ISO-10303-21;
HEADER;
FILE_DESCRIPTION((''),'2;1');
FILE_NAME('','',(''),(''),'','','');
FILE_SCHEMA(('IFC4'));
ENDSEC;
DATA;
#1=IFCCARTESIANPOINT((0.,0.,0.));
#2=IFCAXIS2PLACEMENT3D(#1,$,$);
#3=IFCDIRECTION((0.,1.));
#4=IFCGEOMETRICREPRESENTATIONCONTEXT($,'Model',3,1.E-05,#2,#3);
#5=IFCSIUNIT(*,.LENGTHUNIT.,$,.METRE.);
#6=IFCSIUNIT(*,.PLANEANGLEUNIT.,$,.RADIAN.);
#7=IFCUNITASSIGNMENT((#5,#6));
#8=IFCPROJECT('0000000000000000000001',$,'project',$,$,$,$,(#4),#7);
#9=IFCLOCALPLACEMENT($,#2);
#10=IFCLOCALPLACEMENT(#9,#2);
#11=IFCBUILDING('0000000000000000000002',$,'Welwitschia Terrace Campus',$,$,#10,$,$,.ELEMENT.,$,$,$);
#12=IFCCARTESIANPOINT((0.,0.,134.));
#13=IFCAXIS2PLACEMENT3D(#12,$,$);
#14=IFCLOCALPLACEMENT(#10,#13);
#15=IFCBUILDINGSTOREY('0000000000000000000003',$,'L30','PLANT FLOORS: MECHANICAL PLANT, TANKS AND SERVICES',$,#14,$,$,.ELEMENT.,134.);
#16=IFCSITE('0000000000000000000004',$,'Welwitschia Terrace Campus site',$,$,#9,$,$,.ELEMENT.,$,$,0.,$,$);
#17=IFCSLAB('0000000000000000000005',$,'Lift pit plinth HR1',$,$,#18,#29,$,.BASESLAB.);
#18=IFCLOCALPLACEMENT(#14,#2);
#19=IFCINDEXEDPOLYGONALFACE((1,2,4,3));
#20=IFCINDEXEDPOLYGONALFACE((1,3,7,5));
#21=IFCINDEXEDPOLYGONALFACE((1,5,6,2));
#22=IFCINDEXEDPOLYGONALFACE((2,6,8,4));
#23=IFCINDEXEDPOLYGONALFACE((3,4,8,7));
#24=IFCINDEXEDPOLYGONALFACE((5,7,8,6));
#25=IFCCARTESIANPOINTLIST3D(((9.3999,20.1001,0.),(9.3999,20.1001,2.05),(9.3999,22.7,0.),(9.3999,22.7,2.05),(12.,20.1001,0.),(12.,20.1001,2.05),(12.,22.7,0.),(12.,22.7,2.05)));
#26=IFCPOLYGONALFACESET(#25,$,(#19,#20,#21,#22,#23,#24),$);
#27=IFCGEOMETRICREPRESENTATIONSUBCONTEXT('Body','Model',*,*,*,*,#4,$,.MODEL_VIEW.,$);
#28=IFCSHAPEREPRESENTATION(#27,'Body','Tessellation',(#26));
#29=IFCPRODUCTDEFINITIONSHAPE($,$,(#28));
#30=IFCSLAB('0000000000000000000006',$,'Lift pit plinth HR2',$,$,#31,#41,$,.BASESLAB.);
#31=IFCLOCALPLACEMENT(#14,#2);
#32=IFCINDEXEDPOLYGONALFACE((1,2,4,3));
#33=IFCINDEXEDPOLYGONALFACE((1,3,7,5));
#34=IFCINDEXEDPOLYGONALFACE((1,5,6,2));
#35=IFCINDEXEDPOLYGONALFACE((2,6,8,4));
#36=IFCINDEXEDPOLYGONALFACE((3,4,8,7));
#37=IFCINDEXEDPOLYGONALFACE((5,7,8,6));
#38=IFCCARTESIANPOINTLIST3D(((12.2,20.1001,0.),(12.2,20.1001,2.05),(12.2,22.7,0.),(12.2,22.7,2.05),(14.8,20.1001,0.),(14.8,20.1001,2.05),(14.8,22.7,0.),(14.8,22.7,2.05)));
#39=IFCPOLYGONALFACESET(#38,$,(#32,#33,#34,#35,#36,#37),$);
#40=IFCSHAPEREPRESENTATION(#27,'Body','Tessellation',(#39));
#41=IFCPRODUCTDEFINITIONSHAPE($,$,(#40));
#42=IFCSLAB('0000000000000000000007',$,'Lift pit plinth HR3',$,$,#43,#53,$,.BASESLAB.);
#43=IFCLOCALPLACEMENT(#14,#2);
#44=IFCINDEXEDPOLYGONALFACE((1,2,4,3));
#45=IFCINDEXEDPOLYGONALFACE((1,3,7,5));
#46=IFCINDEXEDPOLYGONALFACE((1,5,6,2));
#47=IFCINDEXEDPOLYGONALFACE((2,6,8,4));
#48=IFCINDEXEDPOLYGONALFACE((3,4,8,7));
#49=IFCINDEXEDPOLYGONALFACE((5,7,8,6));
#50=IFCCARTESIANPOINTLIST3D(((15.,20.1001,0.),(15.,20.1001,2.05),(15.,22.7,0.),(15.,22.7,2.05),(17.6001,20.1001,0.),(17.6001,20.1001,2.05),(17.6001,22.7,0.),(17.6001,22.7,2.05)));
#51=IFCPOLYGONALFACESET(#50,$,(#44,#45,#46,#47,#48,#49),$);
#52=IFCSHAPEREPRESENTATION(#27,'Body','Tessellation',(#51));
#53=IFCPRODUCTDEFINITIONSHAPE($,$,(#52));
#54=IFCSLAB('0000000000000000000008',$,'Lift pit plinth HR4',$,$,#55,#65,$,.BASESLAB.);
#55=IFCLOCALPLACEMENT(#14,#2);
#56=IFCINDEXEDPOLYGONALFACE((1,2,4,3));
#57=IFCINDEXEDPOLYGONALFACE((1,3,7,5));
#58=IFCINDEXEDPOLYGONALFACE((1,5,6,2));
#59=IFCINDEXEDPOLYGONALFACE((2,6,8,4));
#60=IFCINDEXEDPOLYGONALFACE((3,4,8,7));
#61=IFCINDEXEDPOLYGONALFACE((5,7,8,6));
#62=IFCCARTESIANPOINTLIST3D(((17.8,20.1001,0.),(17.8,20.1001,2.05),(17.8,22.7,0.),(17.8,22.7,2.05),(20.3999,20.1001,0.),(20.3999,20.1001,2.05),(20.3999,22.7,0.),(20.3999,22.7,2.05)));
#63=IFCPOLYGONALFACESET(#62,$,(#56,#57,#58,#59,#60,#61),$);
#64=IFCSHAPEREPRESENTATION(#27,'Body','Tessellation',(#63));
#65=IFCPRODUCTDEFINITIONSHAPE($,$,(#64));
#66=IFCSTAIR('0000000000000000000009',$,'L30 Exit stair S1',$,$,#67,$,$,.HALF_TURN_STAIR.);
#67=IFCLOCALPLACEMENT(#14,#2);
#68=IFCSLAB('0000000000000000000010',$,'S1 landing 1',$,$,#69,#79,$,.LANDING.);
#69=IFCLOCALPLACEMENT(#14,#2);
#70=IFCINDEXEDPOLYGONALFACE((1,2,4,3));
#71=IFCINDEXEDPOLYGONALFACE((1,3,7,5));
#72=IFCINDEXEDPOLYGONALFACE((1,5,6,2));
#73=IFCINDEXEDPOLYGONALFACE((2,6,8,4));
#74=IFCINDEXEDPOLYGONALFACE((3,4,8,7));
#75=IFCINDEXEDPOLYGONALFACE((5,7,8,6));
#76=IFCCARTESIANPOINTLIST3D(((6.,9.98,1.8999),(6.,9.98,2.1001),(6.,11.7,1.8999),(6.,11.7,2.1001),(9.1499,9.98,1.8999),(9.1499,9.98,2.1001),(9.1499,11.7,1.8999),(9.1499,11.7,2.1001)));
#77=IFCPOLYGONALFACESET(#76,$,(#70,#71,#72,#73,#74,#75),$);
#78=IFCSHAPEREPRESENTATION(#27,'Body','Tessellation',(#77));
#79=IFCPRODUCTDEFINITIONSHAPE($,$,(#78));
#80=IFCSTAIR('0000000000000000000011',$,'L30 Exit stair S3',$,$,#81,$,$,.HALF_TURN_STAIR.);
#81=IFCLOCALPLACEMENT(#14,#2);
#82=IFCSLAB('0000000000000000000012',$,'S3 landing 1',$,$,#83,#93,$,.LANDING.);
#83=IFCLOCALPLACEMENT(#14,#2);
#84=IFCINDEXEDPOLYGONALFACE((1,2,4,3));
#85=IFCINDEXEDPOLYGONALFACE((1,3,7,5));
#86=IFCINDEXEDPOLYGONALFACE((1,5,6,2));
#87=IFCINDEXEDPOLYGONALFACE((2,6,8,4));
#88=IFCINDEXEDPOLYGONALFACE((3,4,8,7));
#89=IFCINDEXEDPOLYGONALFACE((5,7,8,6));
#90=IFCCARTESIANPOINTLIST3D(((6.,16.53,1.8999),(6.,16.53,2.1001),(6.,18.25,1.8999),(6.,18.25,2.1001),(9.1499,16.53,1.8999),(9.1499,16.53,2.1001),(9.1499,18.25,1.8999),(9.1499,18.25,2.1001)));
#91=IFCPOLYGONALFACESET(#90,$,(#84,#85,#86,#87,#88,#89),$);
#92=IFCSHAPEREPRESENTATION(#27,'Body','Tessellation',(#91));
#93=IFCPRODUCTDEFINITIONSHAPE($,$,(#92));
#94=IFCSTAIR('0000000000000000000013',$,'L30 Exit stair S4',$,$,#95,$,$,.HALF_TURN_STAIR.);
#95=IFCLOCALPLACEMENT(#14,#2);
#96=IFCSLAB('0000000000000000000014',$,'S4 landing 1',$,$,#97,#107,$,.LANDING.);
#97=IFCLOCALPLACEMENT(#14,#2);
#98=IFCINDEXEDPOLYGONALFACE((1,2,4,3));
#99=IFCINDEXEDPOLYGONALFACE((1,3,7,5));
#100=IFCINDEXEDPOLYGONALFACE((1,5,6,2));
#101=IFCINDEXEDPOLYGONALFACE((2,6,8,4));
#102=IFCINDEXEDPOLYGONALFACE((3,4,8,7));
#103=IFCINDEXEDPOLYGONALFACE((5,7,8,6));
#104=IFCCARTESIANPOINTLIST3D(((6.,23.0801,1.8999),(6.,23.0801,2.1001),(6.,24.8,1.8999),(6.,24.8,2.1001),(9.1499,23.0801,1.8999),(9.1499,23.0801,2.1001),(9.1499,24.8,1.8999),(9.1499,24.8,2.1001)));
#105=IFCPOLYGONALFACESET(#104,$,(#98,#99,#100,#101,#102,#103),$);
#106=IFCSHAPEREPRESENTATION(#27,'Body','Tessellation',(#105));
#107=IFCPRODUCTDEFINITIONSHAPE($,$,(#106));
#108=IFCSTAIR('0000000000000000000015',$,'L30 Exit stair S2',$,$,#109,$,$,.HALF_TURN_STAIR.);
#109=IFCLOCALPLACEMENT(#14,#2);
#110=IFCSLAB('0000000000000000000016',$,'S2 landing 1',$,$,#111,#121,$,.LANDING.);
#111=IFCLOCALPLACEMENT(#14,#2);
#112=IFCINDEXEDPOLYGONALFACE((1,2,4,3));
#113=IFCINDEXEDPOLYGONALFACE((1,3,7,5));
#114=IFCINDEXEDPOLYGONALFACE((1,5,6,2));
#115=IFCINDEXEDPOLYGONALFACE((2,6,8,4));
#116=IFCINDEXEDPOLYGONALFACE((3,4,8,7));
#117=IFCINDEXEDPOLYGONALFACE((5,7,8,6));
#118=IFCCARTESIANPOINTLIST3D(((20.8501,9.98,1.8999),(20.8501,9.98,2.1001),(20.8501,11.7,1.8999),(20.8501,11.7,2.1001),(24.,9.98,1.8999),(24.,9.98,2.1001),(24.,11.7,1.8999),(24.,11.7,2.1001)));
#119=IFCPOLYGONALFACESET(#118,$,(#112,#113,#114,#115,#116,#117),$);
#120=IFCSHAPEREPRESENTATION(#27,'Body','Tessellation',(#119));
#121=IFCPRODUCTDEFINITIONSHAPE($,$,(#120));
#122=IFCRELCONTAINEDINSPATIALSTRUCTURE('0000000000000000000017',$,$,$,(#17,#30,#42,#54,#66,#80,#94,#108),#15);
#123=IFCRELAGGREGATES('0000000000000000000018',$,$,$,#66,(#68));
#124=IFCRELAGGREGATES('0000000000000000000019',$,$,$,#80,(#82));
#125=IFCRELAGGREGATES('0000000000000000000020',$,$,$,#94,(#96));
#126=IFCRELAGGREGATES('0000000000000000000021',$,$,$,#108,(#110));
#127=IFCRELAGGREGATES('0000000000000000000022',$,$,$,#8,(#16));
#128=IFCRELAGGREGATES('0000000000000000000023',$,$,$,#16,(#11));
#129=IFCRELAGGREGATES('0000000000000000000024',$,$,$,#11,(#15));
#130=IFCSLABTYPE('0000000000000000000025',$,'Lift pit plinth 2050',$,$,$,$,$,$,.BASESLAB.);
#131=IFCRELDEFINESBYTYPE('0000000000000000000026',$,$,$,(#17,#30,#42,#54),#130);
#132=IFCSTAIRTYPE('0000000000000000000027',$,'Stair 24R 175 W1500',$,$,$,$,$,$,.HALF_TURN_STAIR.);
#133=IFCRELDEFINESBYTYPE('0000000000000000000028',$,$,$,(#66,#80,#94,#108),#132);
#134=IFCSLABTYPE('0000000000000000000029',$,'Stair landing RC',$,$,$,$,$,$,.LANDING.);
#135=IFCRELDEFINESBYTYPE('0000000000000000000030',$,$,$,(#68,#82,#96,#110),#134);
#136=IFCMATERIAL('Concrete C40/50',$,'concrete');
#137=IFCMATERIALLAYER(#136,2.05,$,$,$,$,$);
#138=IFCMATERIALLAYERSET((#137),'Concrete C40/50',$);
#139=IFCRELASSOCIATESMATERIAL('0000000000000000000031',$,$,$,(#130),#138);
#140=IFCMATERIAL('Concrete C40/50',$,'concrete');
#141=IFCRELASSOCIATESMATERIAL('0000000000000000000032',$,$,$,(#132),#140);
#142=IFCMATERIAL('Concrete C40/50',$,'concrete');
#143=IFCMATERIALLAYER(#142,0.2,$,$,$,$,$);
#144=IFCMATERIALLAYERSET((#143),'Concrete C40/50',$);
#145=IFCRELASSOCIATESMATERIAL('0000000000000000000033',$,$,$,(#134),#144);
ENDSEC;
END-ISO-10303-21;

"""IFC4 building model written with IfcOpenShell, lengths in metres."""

from ifc_helpers import new_model, si_unit, direction, frame, origin, place, context, subcontext, project, spatial, polyline, outline, extrude, material, layer, layer_set, type_object, element, aggregate, save


model = new_model("IFC4")

# Units and contexts
model_context = context("Model", 3, precision=1e-05, world=origin(), true_north=direction((0.0, 1.0)))
body_context = subcontext(model_context, "Body", "Model", "MODEL_VIEW")
ifc_project = project(units=[si_unit("LENGTHUNIT", "METRE"), si_unit("PLANEANGLEUNIT", "RADIAN")], contexts=[model_context])

# Site, building, storey
site_placement = place(None, origin())
site = spatial("IfcSite", under=ifc_project, at=site_placement, Name="Welwitschia Terrace Campus site", CompositionType="ELEMENT", RefElevation=0.0)
building_placement = place(site_placement, origin())
building = spatial("IfcBuilding", under=site, at=building_placement, Name="Welwitschia Terrace Campus", CompositionType="ELEMENT")
storey_placement = place(building_placement, frame((0.0, 0.0, 134.0)))
storey = spatial("IfcBuildingStorey", under=building, at=storey_placement, Name="L30", Description="PLANT FLOORS: MECHANICAL PLANT, TANKS AND SERVICES", CompositionType="ELEMENT", Elevation=134.0)

# Slabs
ifc_material_1 = material(Name="Concrete C40/50", Category="concrete")
ifc_layer_1 = layer(ifc_material_1, 2.05)
ifc_layer_set_1 = layer_set([ifc_layer_1], Name="Concrete C40/50")
slab_type_1 = type_object("IfcSlabType", Name="Lift pit plinth 2050", PredefinedType="BASESLAB", material=ifc_layer_set_1)
slab_1_placement = place(storey_placement, origin())
element("IfcSlab", 1, at=slab_1_placement, inside=storey, type_object=slab_type_1, Name="Lift pit plinth HR1", PredefinedType="BASESLAB", context=body_context, shape_type="SweptSolid", body=[
    extrude(outline(polyline([(9.3999, 20.1001), (12.0, 20.1001), (12.0, 22.7), (9.3999, 22.7), (9.3999, 20.1001)])), origin(), (0.0, 0.0, 1.0), 2.05),
])
slab_2_placement = place(storey_placement, origin())
element("IfcSlab", 2, at=slab_2_placement, inside=storey, type_object=slab_type_1, Name="Lift pit plinth HR2", PredefinedType="BASESLAB", context=body_context, shape_type="SweptSolid", body=[
    extrude(outline(polyline([(12.2, 20.1001), (14.8, 20.1001), (14.8, 22.7), (12.2, 22.7), (12.2, 20.1001)])), origin(), (0.0, 0.0, 1.0), 2.05),
])
slab_3_placement = place(storey_placement, origin())
element("IfcSlab", 3, at=slab_3_placement, inside=storey, type_object=slab_type_1, Name="Lift pit plinth HR3", PredefinedType="BASESLAB", context=body_context, shape_type="SweptSolid", body=[
    extrude(outline(polyline([(15.0, 20.1001), (17.6001, 20.1001), (17.6001, 22.7), (15.0, 22.7), (15.0, 20.1001)])), origin(), (0.0, 0.0, 1.0), 2.05),
])
slab_4_placement = place(storey_placement, origin())
element("IfcSlab", 4, at=slab_4_placement, inside=storey, type_object=slab_type_1, Name="Lift pit plinth HR4", PredefinedType="BASESLAB", context=body_context, shape_type="SweptSolid", body=[
    extrude(outline(polyline([(17.8, 20.1001), (20.3999, 20.1001), (20.3999, 22.7), (17.8, 22.7), (17.8, 20.1001)])), origin(), (0.0, 0.0, 1.0), 2.05),
])

# Stairs, slabs
ifc_material_2 = material(Name="Concrete C40/50", Category="concrete")
stair_type = type_object("IfcStairType", Name="Stair 24R 175 W1500", PredefinedType="HALF_TURN_STAIR", material=ifc_material_2)
stair_1_placement = place(storey_placement, origin())
stair_1 = element("IfcStair", 5, at=stair_1_placement, inside=storey, type_object=stair_type, Name="L30 Exit stair S1", PredefinedType="HALF_TURN_STAIR")
ifc_material_3 = material(Name="Concrete C40/50", Category="concrete")
ifc_layer_2 = layer(ifc_material_3, 0.2)
ifc_layer_set_2 = layer_set([ifc_layer_2], Name="Concrete C40/50")
slab_type_2 = type_object("IfcSlabType", Name="Stair landing RC", PredefinedType="LANDING", material=ifc_layer_set_2)
slab_5_placement = place(storey_placement, frame((0.0, 0.0, 1.8999)))
slab_5 = element("IfcSlab", 6, at=slab_5_placement, type_object=slab_type_2, Name="S1 landing 1", PredefinedType="LANDING", context=body_context, shape_type="SweptSolid", body=[
    extrude(outline(polyline([(9.1499, 9.98), (9.1499, 11.7), (6.0, 11.7), (6.0, 9.98), (9.1499, 9.98)])), origin(), (0.0, 0.0, 1.0), 0.2002),
])
aggregate(stair_1, [slab_5])
stair_2_placement = place(storey_placement, origin())
stair_2 = element("IfcStair", 7, at=stair_2_placement, inside=storey, type_object=stair_type, Name="L30 Exit stair S3", PredefinedType="HALF_TURN_STAIR")
slab_6_placement = place(storey_placement, frame((0.0, 0.0, 1.8999)))
slab_6 = element("IfcSlab", 8, at=slab_6_placement, type_object=slab_type_2, Name="S3 landing 1", PredefinedType="LANDING", context=body_context, shape_type="SweptSolid", body=[
    extrude(outline(polyline([(9.1499, 16.53), (9.1499, 18.25), (6.0, 18.25), (6.0, 16.53), (9.1499, 16.53)])), origin(), (0.0, 0.0, 1.0), 0.2002),
])
aggregate(stair_2, [slab_6])
stair_3_placement = place(storey_placement, origin())
stair_3 = element("IfcStair", 9, at=stair_3_placement, inside=storey, type_object=stair_type, Name="L30 Exit stair S4", PredefinedType="HALF_TURN_STAIR")
slab_7_placement = place(storey_placement, frame((0.0, 0.0, 1.8999)))
slab_7 = element("IfcSlab", 10, at=slab_7_placement, type_object=slab_type_2, Name="S4 landing 1", PredefinedType="LANDING", context=body_context, shape_type="SweptSolid", body=[
    extrude(outline(polyline([(9.1499, 23.0801), (9.1499, 24.8), (6.0, 24.8), (6.0, 23.0801), (9.1499, 23.0801)])), origin(), (0.0, 0.0, 1.0), 0.2002),
])
aggregate(stair_3, [slab_7])
stair_4_placement = place(storey_placement, origin())
stair_4 = element("IfcStair", 11, at=stair_4_placement, inside=storey, type_object=stair_type, Name="L30 Exit stair S2", PredefinedType="HALF_TURN_STAIR")
slab_8_placement = place(storey_placement, frame((0.0, 0.0, 1.8999)))
slab_8 = element("IfcSlab", 12, at=slab_8_placement, type_object=slab_type_2, Name="S2 landing 1", PredefinedType="LANDING", context=body_context, shape_type="SweptSolid", body=[
    extrude(outline(polyline([(24.0, 9.98), (24.0, 11.7), (20.8501, 11.7), (20.8501, 9.98), (24.0, 9.98)])), origin(), (0.0, 0.0, 1.0), 0.2002),
])
aggregate(stair_4, [slab_8])

save(model, "model.ifc")
